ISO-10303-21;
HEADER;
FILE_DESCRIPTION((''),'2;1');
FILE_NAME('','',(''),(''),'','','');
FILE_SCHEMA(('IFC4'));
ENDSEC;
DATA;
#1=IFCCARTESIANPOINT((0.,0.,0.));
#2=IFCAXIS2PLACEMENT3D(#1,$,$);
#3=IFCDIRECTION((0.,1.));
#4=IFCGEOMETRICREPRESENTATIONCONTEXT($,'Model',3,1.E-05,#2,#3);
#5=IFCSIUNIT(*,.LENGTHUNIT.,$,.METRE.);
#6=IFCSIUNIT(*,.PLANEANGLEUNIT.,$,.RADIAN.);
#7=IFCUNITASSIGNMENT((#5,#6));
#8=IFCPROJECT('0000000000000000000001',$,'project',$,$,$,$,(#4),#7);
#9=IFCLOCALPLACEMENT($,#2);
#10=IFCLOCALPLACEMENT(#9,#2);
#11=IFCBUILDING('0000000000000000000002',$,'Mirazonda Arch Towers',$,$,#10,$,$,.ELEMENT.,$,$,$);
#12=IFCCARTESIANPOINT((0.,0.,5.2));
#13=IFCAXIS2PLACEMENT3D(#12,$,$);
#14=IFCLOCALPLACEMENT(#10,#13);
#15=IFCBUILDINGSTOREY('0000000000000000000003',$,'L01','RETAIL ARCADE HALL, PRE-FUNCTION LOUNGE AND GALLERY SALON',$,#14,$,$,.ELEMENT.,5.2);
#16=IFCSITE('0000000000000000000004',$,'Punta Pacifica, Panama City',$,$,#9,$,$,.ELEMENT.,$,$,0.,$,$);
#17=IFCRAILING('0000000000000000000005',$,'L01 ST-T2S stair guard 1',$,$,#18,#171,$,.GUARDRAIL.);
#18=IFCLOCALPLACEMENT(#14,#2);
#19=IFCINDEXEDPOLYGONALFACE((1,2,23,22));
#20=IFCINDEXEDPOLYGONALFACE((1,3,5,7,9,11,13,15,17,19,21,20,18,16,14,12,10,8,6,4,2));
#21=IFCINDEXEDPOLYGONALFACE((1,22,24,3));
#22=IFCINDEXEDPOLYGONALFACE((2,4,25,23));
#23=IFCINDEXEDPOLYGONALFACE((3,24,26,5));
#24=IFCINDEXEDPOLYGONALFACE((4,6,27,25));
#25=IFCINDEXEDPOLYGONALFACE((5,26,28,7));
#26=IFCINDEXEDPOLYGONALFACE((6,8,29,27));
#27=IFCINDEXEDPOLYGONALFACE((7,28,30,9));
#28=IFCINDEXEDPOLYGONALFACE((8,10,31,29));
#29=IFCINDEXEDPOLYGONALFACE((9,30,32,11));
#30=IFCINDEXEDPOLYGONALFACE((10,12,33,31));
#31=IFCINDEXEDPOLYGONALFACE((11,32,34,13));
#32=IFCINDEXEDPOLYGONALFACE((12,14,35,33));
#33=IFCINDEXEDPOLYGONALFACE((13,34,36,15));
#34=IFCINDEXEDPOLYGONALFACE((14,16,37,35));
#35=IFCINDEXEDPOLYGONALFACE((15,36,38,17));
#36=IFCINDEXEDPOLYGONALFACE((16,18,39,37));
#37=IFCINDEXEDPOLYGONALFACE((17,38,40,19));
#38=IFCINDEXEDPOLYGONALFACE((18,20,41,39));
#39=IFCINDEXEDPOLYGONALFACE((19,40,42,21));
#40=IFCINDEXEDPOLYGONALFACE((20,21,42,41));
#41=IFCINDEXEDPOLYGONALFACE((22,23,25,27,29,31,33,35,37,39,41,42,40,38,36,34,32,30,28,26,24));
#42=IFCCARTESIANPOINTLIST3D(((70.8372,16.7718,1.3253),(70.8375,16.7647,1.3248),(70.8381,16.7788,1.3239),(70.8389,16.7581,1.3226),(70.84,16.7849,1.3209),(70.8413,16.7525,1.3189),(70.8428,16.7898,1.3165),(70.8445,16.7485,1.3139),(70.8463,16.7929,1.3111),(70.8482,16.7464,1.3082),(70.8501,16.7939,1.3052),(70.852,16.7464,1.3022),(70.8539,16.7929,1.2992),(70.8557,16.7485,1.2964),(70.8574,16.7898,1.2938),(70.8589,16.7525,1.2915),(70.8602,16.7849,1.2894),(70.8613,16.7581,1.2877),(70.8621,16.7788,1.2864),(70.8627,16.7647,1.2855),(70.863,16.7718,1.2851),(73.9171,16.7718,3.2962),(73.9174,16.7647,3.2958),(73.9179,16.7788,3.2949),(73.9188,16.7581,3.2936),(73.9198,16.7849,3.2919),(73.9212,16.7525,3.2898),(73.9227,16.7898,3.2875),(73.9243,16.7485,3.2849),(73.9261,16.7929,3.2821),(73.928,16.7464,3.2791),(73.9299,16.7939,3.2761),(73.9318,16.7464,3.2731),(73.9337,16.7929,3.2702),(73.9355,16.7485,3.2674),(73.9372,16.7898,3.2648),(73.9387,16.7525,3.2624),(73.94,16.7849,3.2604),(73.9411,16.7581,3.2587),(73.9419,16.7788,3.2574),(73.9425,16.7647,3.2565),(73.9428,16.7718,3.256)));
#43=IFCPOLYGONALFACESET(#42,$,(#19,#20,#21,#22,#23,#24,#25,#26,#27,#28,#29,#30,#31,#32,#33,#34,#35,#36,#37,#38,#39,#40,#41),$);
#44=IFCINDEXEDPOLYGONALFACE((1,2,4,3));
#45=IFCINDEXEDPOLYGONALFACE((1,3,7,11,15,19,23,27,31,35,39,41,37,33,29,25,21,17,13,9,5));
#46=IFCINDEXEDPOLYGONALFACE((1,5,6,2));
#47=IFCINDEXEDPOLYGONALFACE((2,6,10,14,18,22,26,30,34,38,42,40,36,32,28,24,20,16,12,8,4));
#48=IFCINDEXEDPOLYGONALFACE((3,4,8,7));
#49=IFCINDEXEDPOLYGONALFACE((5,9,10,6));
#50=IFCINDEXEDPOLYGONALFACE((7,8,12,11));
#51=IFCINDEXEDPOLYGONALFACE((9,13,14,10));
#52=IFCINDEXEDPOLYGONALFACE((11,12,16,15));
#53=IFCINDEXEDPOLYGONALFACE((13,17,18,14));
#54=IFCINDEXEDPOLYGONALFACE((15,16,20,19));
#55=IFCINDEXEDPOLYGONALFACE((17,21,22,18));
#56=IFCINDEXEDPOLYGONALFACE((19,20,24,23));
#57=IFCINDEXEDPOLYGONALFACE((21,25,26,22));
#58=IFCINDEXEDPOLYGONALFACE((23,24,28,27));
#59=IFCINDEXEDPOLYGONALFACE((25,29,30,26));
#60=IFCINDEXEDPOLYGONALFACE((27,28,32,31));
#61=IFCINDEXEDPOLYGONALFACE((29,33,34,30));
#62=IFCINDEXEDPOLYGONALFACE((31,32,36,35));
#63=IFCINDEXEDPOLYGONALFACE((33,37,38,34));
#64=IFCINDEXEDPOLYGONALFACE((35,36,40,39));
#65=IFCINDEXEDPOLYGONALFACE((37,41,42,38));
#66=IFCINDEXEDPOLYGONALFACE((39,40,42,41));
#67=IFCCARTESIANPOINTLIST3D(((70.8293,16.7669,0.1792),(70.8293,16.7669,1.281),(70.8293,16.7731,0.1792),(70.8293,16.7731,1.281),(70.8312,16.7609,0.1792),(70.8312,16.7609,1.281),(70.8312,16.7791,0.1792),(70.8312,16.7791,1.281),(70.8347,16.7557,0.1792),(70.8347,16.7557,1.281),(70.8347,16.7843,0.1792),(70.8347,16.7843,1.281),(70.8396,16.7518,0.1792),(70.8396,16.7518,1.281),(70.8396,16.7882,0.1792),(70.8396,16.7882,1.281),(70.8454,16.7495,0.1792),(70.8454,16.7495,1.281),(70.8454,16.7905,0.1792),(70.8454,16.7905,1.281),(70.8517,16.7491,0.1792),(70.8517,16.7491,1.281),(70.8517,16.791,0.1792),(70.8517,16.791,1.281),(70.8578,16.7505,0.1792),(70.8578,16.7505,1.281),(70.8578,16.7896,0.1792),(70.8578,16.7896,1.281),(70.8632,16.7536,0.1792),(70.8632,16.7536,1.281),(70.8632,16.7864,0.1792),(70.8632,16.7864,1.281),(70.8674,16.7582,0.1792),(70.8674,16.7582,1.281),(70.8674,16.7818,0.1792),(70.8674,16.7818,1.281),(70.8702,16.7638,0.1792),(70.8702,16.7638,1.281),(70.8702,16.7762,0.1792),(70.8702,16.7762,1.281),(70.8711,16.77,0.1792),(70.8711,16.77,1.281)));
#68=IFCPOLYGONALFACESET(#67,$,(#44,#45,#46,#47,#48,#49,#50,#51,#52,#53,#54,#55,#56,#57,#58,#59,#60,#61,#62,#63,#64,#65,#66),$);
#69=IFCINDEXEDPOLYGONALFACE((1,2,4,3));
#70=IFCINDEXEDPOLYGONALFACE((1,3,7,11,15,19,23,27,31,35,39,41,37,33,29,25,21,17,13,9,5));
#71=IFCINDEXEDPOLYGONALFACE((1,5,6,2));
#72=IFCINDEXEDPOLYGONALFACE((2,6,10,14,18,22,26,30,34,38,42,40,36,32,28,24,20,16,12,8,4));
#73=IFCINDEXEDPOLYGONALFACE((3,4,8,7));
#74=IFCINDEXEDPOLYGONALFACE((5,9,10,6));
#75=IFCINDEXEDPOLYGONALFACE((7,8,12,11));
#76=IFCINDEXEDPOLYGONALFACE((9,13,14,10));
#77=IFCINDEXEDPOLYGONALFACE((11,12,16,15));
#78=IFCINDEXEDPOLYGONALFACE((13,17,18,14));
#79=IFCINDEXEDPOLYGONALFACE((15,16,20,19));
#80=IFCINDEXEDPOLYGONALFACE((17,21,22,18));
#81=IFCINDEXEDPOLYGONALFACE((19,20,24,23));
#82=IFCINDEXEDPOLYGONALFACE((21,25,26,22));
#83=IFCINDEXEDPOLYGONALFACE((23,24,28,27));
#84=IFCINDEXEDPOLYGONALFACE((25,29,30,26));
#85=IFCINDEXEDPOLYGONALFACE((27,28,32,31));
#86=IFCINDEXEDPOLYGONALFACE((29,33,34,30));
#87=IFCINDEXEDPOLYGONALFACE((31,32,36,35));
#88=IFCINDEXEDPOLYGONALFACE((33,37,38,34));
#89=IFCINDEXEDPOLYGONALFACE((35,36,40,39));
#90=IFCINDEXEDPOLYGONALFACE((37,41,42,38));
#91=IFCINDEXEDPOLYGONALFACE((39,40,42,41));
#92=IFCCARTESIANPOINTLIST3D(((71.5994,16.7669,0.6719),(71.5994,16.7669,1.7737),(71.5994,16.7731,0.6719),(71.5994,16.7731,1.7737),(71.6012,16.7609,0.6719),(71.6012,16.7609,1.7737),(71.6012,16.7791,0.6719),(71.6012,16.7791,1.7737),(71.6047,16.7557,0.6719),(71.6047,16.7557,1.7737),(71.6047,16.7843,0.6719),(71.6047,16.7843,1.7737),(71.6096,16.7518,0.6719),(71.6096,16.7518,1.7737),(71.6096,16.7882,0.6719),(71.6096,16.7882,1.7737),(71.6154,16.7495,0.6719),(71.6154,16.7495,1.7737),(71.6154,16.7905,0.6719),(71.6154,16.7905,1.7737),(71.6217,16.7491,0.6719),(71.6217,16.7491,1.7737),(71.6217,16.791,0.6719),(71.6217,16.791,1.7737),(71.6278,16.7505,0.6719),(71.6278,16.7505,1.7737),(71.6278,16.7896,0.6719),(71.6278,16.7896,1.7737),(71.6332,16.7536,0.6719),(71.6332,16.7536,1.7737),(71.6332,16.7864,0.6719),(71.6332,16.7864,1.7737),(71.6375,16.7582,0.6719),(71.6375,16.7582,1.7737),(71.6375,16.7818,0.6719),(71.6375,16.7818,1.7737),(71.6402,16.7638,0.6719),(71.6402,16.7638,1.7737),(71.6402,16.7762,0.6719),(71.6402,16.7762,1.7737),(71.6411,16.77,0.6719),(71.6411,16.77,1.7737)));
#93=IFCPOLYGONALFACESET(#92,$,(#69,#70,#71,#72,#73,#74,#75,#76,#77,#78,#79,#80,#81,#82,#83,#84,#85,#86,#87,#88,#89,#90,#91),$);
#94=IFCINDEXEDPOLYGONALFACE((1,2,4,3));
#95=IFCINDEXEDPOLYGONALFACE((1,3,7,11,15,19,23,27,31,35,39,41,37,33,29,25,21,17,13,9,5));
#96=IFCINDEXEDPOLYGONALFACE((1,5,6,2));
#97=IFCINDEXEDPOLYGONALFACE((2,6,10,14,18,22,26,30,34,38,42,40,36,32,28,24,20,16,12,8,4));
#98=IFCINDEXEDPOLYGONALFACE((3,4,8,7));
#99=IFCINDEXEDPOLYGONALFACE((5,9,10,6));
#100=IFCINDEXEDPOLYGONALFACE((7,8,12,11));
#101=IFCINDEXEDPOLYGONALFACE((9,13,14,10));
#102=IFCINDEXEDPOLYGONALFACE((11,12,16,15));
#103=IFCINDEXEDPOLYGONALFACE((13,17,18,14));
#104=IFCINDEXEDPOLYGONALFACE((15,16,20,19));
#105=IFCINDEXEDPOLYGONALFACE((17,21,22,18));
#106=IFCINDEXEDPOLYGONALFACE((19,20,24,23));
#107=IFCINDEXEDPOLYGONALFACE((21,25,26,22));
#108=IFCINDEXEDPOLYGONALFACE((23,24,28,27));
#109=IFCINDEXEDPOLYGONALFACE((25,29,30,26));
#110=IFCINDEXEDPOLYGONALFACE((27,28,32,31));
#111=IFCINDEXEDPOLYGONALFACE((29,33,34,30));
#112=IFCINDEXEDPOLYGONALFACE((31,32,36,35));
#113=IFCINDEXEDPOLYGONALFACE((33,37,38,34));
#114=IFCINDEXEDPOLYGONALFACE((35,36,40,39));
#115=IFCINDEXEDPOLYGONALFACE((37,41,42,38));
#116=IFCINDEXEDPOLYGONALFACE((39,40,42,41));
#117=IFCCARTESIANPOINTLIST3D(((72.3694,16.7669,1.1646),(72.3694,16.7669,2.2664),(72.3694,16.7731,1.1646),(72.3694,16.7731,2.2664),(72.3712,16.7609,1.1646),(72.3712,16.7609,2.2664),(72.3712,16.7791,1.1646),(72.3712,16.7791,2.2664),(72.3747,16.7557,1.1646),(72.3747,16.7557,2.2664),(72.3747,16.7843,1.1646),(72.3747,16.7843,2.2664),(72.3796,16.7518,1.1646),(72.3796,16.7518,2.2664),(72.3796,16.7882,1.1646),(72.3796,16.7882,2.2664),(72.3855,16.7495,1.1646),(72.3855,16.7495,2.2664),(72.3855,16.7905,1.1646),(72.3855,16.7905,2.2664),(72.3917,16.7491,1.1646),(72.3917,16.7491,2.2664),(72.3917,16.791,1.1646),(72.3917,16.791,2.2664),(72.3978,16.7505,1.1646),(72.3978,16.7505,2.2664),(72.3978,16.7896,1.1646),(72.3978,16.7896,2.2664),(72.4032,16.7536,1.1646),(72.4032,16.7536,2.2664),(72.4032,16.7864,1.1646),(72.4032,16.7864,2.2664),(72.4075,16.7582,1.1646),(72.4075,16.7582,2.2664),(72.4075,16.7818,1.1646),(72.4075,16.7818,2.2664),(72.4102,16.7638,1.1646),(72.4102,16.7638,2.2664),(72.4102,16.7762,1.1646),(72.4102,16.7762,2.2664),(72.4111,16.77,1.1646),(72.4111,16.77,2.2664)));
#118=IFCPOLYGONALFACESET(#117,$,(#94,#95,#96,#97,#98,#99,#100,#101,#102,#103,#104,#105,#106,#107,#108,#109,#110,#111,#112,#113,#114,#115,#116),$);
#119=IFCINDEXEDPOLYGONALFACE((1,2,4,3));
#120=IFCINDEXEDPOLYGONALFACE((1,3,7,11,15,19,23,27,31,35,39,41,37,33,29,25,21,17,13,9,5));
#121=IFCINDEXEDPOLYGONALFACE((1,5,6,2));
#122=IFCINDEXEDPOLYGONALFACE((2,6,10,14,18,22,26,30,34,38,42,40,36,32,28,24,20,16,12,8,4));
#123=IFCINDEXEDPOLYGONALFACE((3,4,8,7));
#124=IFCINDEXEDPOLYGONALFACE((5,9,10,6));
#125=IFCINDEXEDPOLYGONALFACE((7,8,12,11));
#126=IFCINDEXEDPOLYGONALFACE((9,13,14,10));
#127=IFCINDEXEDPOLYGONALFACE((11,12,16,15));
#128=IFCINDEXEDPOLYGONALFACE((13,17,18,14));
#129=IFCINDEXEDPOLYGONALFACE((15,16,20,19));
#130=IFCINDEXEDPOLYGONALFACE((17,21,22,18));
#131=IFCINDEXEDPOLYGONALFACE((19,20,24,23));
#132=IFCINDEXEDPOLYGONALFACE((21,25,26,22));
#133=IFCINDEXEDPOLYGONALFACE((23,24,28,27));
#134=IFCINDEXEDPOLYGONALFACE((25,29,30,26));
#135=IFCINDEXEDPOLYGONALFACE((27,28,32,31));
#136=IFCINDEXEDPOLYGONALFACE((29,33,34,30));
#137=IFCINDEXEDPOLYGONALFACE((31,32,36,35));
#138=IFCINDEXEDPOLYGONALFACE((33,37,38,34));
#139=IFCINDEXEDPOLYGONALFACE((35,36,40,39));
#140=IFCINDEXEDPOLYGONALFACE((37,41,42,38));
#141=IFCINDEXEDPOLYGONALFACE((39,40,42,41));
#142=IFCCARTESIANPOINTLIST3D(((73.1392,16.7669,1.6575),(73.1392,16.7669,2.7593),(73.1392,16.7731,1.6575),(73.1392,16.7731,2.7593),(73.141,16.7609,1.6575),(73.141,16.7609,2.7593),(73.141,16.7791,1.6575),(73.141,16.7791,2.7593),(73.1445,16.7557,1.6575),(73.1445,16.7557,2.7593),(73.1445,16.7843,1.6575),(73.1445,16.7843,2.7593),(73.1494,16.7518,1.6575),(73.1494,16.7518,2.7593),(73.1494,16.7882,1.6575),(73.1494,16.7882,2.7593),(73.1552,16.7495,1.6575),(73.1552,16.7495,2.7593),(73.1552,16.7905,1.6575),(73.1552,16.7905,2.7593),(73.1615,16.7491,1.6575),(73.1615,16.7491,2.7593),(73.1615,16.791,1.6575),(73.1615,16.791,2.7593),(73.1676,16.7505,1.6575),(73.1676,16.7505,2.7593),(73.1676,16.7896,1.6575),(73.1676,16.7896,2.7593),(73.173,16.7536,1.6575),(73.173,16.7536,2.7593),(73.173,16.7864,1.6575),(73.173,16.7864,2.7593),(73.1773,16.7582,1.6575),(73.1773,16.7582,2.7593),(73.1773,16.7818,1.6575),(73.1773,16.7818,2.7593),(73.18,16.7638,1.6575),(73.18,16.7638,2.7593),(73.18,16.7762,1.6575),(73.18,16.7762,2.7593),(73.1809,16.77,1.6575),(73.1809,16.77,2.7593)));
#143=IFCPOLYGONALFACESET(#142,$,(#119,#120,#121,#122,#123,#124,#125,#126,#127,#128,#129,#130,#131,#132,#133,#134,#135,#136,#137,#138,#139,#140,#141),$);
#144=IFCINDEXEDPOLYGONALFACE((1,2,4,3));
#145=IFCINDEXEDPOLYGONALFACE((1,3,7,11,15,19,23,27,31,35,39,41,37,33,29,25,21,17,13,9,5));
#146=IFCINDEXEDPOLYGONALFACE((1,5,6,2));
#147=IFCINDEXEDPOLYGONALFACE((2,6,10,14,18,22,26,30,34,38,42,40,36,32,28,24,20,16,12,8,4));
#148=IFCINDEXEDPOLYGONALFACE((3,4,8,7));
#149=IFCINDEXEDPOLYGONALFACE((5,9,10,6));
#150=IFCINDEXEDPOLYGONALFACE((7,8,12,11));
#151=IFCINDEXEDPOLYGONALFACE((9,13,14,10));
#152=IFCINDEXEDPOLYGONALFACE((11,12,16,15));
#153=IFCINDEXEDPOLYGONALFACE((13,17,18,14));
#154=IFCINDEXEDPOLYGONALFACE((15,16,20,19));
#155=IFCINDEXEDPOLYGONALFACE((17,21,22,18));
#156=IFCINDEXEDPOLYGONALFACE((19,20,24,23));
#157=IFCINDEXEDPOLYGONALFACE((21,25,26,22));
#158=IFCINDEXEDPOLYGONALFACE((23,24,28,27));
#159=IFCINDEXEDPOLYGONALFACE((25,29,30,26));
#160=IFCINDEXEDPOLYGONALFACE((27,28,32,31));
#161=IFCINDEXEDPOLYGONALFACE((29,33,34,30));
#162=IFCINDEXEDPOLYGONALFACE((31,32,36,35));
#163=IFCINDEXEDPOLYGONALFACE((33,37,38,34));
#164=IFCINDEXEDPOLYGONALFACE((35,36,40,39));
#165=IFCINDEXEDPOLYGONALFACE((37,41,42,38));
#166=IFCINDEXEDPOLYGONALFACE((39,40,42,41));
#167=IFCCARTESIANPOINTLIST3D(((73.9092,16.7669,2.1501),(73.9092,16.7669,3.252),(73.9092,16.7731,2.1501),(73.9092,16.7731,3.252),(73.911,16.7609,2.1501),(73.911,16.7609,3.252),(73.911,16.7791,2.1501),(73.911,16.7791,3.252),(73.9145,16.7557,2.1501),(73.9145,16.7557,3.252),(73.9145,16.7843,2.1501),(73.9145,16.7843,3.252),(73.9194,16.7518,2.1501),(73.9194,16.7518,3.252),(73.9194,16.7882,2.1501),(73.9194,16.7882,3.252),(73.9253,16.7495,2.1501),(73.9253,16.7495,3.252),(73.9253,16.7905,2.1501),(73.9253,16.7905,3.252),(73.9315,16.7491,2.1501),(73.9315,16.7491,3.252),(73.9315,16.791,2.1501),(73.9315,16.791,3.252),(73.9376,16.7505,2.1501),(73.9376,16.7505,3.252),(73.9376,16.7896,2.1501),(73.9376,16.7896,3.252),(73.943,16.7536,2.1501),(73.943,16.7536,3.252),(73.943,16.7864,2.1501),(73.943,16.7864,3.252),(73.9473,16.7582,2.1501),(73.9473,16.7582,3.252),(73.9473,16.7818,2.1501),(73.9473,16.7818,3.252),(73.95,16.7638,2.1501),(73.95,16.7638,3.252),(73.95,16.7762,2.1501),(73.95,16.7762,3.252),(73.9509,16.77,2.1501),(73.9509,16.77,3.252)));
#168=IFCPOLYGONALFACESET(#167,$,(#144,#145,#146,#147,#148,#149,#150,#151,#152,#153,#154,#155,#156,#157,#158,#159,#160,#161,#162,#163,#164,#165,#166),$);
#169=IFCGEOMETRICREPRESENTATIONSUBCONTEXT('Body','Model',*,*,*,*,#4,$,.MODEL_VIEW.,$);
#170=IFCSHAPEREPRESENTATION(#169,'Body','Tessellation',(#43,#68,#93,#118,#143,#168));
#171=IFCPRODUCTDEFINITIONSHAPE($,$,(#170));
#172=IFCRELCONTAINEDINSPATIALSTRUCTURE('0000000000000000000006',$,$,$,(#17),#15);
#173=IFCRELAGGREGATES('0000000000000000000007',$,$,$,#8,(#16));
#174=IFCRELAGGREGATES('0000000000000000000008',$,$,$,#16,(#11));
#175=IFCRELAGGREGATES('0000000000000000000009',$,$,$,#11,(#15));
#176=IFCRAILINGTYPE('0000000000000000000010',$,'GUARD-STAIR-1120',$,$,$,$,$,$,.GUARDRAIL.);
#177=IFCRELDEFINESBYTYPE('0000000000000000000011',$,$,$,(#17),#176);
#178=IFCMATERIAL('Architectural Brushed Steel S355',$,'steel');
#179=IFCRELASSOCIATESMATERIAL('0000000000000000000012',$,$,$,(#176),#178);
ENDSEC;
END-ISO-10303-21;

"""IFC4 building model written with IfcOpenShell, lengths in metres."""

from ifc_helpers import new_model, si_unit, direction, frame, origin, origin_2d, place, context, subcontext, project, spatial, circle, extrude, material, type_object, element, save


model = new_model("IFC4")

# Units and contexts
model_context = context("Model", 3, precision=1e-05, world=origin(), true_north=direction((0.0, 1.0)))
body_context = subcontext(model_context, "Body", "Model", "MODEL_VIEW")
ifc_project = project(units=[si_unit("LENGTHUNIT", "METRE"), si_unit("PLANEANGLEUNIT", "RADIAN")], contexts=[model_context])

# Site, building, storey
site_placement = place(None, origin())
site = spatial("IfcSite", under=ifc_project, at=site_placement, Name="Punta Pacifica, Panama City", CompositionType="ELEMENT", RefElevation=0.0)
building_placement = place(site_placement, origin())
building = spatial("IfcBuilding", under=site, at=building_placement, Name="Mirazonda Arch Towers", CompositionType="ELEMENT")
storey_placement = place(building_placement, frame((0.0, 0.0, 5.2)))
storey = spatial("IfcBuildingStorey", under=building, at=storey_placement, Name="L01", Description="RETAIL ARCADE HALL, PRE-FUNCTION LOUNGE AND GALLERY SALON", CompositionType="ELEMENT", Elevation=5.2)

# Shared definitions
ifc_material_1 = material(Name="Architectural Brushed Steel S355", Category="steel")

# Railing
railing_type_1 = type_object("IfcRailingType", Name="GUARD-STAIR-1120", PredefinedType="GUARDRAIL", material=ifc_material_1)
railing_1_placement = place(storey_placement, frame((70.8501, 16.77, 0.1792)))
element("IfcRailing", 1, at=railing_1_placement, inside=storey, type_object=railing_type_1, Name="L01 ST-T2S stair guard 1", PredefinedType="GUARDRAIL", context=body_context, shape_type="SweptSolid", body=[
    extrude(circle(Radius=0.0239, at=origin_2d()), frame((0.0, 0.0, 1.126), z_axis=(0.84229, 0.0, 0.539025), x_axis=(0.0, 1.0, 0.0)), (0.0, 0.0, 1.0), 3.6565),
    extrude(circle(Radius=0.021, at=origin_2d()), origin(), (0.0, 0.0, 1.0), 1.1018),
    extrude(circle(Radius=0.021, at=origin_2d()), frame((0.77, 0.0, 0.4927)), (0.0, 0.0, 1.0), 1.1018),
    extrude(circle(Radius=0.021, at=origin_2d()), frame((1.54, 0.0, 0.9854)), (0.0, 0.0, 1.0), 1.1018),
    extrude(circle(Radius=0.021, at=origin_2d()), frame((2.3098, 0.0, 1.4783)), (0.0, 0.0, 1.0), 1.1018),
    extrude(circle(Radius=0.021, at=origin_2d()), frame((3.0798, 0.0, 1.9709)), (0.0, 0.0, 1.0), 1.1018),
])

save(model, "model.ifc")
